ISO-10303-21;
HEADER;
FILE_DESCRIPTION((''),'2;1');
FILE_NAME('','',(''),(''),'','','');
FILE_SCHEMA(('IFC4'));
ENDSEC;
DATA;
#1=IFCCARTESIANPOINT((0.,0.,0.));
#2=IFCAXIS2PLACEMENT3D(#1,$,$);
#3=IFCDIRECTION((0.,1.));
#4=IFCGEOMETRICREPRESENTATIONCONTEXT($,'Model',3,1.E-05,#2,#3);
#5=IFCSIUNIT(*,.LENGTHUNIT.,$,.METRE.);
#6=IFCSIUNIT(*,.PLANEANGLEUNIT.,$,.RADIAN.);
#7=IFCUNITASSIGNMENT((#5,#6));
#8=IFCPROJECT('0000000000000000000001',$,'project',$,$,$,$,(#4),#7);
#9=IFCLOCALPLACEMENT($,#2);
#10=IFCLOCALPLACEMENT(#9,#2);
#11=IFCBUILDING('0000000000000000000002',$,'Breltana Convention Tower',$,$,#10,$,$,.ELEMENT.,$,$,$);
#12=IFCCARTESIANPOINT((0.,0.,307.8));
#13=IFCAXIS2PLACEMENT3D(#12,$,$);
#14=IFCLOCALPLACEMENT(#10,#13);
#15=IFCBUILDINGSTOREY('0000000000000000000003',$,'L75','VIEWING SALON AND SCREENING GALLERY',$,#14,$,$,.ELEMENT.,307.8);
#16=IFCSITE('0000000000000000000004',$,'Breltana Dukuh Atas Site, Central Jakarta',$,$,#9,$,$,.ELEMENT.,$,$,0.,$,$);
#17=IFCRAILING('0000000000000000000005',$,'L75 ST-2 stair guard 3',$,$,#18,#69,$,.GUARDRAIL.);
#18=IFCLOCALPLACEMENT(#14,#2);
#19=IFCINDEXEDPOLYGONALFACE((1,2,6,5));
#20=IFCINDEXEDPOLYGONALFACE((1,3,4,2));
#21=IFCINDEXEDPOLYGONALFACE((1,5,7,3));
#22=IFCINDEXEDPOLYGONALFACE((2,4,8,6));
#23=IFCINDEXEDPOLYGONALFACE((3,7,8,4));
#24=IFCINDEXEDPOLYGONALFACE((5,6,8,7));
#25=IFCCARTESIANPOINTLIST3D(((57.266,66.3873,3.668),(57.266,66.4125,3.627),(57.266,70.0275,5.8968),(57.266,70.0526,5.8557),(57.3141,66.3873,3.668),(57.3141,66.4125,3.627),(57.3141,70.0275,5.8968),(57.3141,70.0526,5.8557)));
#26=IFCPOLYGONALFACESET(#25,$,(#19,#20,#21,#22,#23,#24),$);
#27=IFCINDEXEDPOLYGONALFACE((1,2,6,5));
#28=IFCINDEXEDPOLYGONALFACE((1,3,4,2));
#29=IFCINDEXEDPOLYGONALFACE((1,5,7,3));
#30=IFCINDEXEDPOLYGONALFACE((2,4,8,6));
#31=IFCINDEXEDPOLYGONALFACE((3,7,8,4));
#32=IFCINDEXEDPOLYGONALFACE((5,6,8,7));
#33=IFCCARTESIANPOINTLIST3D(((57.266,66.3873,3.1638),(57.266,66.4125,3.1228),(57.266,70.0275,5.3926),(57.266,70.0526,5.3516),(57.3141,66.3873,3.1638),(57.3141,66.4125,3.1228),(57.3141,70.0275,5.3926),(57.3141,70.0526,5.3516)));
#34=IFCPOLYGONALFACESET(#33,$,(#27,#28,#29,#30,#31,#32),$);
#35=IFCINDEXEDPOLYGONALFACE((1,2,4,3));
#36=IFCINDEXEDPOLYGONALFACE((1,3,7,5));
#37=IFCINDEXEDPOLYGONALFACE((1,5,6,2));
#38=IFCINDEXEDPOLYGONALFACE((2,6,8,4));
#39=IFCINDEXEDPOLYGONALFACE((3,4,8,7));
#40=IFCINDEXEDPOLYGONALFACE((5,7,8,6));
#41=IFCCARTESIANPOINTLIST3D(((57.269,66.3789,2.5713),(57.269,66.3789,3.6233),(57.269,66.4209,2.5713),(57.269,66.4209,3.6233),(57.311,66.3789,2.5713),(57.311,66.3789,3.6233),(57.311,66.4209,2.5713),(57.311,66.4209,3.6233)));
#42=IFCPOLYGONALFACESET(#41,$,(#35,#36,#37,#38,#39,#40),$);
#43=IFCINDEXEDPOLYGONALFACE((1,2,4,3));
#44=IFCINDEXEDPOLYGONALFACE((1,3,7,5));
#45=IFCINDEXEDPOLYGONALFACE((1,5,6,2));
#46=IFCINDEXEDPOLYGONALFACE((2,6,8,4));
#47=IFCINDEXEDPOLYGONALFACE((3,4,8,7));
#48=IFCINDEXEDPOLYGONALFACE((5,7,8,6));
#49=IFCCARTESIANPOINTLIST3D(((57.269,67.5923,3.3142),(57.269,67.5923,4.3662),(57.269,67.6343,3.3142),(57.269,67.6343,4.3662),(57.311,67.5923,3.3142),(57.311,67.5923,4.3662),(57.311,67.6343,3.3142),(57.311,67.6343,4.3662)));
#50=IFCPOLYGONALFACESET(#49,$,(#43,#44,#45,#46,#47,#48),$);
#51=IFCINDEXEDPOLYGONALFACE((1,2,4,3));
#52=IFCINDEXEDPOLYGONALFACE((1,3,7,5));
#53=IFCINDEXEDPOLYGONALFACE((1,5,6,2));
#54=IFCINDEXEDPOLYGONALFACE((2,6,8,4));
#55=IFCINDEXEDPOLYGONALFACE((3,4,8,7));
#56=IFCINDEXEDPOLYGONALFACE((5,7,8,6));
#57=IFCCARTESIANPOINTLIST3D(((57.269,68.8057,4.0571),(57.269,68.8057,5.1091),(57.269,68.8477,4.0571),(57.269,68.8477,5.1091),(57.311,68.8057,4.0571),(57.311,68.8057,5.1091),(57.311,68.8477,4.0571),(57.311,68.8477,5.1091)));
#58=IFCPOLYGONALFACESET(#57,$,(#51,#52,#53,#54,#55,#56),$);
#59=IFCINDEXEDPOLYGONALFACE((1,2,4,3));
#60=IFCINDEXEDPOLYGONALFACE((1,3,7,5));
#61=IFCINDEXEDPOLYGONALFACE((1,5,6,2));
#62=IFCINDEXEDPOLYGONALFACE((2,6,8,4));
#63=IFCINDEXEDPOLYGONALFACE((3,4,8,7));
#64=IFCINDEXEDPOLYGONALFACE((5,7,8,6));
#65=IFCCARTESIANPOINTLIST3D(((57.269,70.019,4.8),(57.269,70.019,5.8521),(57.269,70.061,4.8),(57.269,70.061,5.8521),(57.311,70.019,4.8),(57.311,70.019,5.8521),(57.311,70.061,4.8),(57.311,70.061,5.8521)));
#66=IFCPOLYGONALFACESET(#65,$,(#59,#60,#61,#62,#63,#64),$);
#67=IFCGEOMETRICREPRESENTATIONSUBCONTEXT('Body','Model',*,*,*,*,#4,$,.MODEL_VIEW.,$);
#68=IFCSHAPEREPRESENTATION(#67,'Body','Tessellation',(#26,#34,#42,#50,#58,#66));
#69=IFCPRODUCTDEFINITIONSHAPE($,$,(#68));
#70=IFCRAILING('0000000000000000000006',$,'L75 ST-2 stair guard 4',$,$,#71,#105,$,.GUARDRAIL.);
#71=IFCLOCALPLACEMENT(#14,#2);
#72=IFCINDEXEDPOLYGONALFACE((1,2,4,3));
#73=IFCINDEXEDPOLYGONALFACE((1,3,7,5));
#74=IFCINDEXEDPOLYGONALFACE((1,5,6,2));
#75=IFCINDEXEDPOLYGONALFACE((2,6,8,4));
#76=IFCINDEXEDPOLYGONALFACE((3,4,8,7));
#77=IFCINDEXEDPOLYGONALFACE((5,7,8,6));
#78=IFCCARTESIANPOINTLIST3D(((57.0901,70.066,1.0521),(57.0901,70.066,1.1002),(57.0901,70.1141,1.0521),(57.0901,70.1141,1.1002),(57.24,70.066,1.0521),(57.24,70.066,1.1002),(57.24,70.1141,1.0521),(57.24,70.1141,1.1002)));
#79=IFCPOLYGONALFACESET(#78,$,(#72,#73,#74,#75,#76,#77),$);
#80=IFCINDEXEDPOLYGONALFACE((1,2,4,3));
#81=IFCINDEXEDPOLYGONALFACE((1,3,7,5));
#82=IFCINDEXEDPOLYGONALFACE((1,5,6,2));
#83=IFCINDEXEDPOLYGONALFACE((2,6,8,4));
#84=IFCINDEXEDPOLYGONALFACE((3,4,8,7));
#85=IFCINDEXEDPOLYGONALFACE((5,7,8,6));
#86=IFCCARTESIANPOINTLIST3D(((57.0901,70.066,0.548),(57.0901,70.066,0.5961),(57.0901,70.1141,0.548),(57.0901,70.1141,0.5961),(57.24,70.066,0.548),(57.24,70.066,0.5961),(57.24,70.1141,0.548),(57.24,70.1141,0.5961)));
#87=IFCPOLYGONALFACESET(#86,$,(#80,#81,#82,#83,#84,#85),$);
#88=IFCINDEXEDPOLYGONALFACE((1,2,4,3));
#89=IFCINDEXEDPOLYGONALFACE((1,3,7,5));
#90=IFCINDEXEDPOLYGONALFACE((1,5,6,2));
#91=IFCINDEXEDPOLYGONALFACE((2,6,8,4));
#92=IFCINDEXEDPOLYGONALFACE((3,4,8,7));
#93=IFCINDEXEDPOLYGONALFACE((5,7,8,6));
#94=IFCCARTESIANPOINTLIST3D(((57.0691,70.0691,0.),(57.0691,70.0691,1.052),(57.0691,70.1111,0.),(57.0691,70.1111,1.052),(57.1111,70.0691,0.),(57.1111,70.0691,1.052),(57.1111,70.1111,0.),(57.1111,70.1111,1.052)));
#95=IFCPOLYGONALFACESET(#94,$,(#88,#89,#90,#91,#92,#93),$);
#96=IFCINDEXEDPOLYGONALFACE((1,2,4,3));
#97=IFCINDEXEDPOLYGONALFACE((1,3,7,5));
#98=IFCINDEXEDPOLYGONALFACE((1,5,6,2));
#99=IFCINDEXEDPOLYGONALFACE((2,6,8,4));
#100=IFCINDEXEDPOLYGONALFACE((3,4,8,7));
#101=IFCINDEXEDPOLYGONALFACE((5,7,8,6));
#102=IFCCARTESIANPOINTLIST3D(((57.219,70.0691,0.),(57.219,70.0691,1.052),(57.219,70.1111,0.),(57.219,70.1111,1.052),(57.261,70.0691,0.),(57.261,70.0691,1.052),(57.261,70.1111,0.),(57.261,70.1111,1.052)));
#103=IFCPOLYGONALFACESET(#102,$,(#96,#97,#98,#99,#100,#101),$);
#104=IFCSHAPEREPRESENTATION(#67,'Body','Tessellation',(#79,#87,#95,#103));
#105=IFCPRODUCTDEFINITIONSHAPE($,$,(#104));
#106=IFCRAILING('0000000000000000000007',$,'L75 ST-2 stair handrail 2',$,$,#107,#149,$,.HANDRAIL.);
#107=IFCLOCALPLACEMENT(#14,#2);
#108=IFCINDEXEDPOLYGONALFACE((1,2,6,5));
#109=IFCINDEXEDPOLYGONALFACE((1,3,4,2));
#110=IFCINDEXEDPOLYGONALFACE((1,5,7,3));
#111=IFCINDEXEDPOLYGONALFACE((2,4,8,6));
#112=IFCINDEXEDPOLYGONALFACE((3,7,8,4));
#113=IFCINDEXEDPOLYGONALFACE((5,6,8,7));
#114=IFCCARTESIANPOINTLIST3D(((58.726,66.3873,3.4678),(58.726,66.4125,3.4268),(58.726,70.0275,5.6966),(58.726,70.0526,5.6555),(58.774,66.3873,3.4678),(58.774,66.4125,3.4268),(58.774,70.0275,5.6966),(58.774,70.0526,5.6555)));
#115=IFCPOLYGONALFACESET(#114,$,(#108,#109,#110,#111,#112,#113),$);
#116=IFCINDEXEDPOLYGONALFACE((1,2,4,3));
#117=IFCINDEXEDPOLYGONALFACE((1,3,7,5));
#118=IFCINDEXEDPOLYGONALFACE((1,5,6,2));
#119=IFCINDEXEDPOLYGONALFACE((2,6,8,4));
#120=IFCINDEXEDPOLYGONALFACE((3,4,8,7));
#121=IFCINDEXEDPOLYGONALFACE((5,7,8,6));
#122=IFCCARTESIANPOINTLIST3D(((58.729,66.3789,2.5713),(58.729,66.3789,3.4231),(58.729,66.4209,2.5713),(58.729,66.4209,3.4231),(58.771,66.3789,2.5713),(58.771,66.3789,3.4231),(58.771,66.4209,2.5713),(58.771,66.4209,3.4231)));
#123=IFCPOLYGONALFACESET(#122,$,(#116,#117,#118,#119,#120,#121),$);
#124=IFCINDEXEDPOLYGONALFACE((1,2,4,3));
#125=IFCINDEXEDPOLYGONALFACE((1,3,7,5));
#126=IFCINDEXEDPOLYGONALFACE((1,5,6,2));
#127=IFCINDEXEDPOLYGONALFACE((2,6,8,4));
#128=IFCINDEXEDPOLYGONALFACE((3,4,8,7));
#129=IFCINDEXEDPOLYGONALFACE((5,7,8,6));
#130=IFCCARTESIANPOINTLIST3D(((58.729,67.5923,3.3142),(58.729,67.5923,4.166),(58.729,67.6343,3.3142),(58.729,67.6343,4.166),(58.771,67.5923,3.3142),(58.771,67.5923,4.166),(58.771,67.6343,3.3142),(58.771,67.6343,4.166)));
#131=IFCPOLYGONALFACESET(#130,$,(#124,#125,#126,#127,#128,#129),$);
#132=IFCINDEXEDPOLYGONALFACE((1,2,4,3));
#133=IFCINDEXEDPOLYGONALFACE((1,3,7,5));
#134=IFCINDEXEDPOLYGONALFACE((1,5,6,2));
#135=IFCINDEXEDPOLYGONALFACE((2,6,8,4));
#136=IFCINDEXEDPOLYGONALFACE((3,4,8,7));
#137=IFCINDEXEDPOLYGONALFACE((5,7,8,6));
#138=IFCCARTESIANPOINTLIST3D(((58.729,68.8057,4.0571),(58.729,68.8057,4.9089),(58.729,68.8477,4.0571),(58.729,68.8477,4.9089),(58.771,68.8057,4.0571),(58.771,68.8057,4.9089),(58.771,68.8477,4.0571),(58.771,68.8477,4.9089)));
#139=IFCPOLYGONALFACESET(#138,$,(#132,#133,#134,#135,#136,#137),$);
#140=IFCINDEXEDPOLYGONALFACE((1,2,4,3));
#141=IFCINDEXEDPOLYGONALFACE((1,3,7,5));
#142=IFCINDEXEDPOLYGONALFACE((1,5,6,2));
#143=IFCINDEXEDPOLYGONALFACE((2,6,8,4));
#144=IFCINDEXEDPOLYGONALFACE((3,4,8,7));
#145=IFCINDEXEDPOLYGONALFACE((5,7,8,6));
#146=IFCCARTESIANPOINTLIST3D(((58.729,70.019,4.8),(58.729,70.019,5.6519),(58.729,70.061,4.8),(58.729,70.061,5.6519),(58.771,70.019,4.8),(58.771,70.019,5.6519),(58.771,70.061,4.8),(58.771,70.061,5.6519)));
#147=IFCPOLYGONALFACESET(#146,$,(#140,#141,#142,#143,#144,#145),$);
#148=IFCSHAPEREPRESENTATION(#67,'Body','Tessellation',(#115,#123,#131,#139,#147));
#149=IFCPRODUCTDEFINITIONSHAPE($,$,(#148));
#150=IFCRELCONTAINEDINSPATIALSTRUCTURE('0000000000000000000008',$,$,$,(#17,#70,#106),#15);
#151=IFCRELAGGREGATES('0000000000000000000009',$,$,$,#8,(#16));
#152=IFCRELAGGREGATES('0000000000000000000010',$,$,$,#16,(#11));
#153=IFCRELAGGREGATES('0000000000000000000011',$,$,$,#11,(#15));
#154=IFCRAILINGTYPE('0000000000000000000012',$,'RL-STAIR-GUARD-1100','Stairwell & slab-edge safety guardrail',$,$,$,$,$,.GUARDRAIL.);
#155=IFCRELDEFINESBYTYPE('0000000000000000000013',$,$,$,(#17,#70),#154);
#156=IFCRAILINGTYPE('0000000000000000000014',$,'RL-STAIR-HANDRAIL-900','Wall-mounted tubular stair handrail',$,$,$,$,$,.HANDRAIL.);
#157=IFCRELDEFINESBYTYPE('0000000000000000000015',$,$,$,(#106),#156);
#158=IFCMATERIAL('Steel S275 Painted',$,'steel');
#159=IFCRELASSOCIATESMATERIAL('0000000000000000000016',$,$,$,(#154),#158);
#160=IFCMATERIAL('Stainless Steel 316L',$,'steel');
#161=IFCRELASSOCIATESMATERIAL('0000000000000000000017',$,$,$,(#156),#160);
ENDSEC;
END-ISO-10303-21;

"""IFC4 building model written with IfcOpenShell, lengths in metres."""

from ifc_helpers import new_model, si_unit, direction, frame, origin, origin_2d, place, context, subcontext, project, spatial, rectangle, extrude, material, type_object, element, save


model = new_model("IFC4")

# Units and contexts
model_context = context("Model", 3, precision=1e-05, world=origin(), true_north=direction((0.0, 1.0)))
body_context = subcontext(model_context, "Body", "Model", "MODEL_VIEW")
ifc_project = project(units=[si_unit("LENGTHUNIT", "METRE"), si_unit("PLANEANGLEUNIT", "RADIAN")], contexts=[model_context])

# Site, building, storey
site_placement = place(None, origin())
site = spatial("IfcSite", under=ifc_project, at=site_placement, Name="Breltana Dukuh Atas Site, Central Jakarta", CompositionType="ELEMENT", RefElevation=0.0)
building_placement = place(site_placement, origin())
building = spatial("IfcBuilding", under=site, at=building_placement, Name="Breltana Convention Tower", CompositionType="ELEMENT")
storey_placement = place(building_placement, frame((0.0, 0.0, 307.8)))
storey = spatial("IfcBuildingStorey", under=building, at=storey_placement, Name="L75", Description="VIEWING SALON AND SCREENING GALLERY", CompositionType="ELEMENT", Elevation=307.8)

# Railings
ifc_material_1 = material(Name="Steel S275 Painted", Category="steel")
railing_type_1 = type_object("IfcRailingType", Name="RL-STAIR-GUARD-1100", Description="Stairwell & slab-edge safety guardrail", PredefinedType="GUARDRAIL", material=ifc_material_1)
railing_1_placement = place(storey_placement, frame((57.29, 66.3999, 2.5713)))
element("IfcRailing", 1, at=railing_1_placement, inside=storey, type_object=railing_type_1, Name="L75 ST-2 stair guard 3", PredefinedType="GUARDRAIL", context=body_context, shape_type="SweptSolid", body=[
    extrude(rectangle(XDim=0.0481, YDim=0.0481, at=origin_2d()), frame((0.0, 0.0, 1.0762), z_axis=(0.0, 0.85284, 0.522172), x_axis=(-1.0, 0.0, 0.0)), (0.0, 0.0, 1.0), 4.2683),
    extrude(rectangle(XDim=0.0481, YDim=0.0481, at=origin_2d()), frame((0.0, 0.0, 0.572), z_axis=(0.0, 0.85284, 0.522172), x_axis=(-1.0, 0.0, 0.0)), (0.0, 0.0, 1.0), 4.2683),
    extrude(rectangle(XDim=0.042, YDim=0.042, at=origin_2d()), origin(), (0.0, 0.0, 1.0), 1.052),
    extrude(rectangle(XDim=0.042, YDim=0.042, at=origin_2d()), frame((0.0, 1.2134, 0.7429)), (0.0, 0.0, 1.0), 1.052),
    extrude(rectangle(XDim=0.042, YDim=0.042, at=origin_2d()), frame((0.0, 2.4268, 1.4858)), (0.0, 0.0, 1.0), 1.052),
    extrude(rectangle(XDim=0.042, YDim=0.042, at=origin_2d()), frame((0.0, 3.6401, 2.2288)), (0.0, 0.0, 1.0), 1.052),
])
railing_2_placement = place(storey_placement, frame((57.0901, 70.0901, 0.0)))
element("IfcRailing", 2, at=railing_2_placement, inside=storey, type_object=railing_type_1, Name="L75 ST-2 stair guard 4", PredefinedType="GUARDRAIL", context=body_context, shape_type="SweptSolid", body=[
    extrude(rectangle(XDim=0.0481, YDim=0.0481, at=origin_2d()), frame((0.0, 0.0, 1.0762), z_axis=(1.0, 0.0, 0.0), x_axis=(0.0, 1.0, 0.0)), (0.0, 0.0, 1.0), 0.1499),
    extrude(rectangle(XDim=0.0481, YDim=0.0481, at=origin_2d()), frame((0.0, 0.0, 0.572), z_axis=(1.0, 0.0, 0.0), x_axis=(0.0, 1.0, 0.0)), (0.0, 0.0, 1.0), 0.1499),
    extrude(rectangle(XDim=0.042, YDim=0.042, at=origin_2d()), origin(), (0.0, 0.0, 1.0), 1.052),
    extrude(rectangle(XDim=0.042, YDim=0.042, at=origin_2d()), frame((0.1499, 0.0, 0.0)), (0.0, 0.0, 1.0), 1.052),
])
ifc_material_2 = material(Name="Stainless Steel 316L", Category="steel")
railing_type_2 = type_object("IfcRailingType", Name="RL-STAIR-HANDRAIL-900", Description="Wall-mounted tubular stair handrail", PredefinedType="HANDRAIL", material=ifc_material_2)
railing_3_placement = place(storey_placement, frame((58.75, 66.3999, 2.5713)))
element("IfcRailing", 3, at=railing_3_placement, inside=storey, type_object=railing_type_2, Name="L75 ST-2 stair handrail 2", PredefinedType="HANDRAIL", context=body_context, shape_type="SweptSolid", body=[
    extrude(rectangle(XDim=0.0481, YDim=0.0481, at=origin_2d()), frame((0.0, 0.0, 0.876), z_axis=(0.0, 0.85284, 0.522172), x_axis=(-1.0, 0.0, 0.0)), (0.0, 0.0, 1.0), 4.2683),
    extrude(rectangle(XDim=0.042, YDim=0.042, at=origin_2d()), origin(), (0.0, 0.0, 1.0), 0.8518),
    extrude(rectangle(XDim=0.042, YDim=0.042, at=origin_2d()), frame((0.0, 1.2134, 0.7429)), (0.0, 0.0, 1.0), 0.8518),
    extrude(rectangle(XDim=0.042, YDim=0.042, at=origin_2d()), frame((0.0, 2.4268, 1.4858)), (0.0, 0.0, 1.0), 0.8518),
    extrude(rectangle(XDim=0.042, YDim=0.042, at=origin_2d()), frame((0.0, 3.6401, 2.2288)), (0.0, 0.0, 1.0), 0.8518),
])

save(model, "model.ifc")
